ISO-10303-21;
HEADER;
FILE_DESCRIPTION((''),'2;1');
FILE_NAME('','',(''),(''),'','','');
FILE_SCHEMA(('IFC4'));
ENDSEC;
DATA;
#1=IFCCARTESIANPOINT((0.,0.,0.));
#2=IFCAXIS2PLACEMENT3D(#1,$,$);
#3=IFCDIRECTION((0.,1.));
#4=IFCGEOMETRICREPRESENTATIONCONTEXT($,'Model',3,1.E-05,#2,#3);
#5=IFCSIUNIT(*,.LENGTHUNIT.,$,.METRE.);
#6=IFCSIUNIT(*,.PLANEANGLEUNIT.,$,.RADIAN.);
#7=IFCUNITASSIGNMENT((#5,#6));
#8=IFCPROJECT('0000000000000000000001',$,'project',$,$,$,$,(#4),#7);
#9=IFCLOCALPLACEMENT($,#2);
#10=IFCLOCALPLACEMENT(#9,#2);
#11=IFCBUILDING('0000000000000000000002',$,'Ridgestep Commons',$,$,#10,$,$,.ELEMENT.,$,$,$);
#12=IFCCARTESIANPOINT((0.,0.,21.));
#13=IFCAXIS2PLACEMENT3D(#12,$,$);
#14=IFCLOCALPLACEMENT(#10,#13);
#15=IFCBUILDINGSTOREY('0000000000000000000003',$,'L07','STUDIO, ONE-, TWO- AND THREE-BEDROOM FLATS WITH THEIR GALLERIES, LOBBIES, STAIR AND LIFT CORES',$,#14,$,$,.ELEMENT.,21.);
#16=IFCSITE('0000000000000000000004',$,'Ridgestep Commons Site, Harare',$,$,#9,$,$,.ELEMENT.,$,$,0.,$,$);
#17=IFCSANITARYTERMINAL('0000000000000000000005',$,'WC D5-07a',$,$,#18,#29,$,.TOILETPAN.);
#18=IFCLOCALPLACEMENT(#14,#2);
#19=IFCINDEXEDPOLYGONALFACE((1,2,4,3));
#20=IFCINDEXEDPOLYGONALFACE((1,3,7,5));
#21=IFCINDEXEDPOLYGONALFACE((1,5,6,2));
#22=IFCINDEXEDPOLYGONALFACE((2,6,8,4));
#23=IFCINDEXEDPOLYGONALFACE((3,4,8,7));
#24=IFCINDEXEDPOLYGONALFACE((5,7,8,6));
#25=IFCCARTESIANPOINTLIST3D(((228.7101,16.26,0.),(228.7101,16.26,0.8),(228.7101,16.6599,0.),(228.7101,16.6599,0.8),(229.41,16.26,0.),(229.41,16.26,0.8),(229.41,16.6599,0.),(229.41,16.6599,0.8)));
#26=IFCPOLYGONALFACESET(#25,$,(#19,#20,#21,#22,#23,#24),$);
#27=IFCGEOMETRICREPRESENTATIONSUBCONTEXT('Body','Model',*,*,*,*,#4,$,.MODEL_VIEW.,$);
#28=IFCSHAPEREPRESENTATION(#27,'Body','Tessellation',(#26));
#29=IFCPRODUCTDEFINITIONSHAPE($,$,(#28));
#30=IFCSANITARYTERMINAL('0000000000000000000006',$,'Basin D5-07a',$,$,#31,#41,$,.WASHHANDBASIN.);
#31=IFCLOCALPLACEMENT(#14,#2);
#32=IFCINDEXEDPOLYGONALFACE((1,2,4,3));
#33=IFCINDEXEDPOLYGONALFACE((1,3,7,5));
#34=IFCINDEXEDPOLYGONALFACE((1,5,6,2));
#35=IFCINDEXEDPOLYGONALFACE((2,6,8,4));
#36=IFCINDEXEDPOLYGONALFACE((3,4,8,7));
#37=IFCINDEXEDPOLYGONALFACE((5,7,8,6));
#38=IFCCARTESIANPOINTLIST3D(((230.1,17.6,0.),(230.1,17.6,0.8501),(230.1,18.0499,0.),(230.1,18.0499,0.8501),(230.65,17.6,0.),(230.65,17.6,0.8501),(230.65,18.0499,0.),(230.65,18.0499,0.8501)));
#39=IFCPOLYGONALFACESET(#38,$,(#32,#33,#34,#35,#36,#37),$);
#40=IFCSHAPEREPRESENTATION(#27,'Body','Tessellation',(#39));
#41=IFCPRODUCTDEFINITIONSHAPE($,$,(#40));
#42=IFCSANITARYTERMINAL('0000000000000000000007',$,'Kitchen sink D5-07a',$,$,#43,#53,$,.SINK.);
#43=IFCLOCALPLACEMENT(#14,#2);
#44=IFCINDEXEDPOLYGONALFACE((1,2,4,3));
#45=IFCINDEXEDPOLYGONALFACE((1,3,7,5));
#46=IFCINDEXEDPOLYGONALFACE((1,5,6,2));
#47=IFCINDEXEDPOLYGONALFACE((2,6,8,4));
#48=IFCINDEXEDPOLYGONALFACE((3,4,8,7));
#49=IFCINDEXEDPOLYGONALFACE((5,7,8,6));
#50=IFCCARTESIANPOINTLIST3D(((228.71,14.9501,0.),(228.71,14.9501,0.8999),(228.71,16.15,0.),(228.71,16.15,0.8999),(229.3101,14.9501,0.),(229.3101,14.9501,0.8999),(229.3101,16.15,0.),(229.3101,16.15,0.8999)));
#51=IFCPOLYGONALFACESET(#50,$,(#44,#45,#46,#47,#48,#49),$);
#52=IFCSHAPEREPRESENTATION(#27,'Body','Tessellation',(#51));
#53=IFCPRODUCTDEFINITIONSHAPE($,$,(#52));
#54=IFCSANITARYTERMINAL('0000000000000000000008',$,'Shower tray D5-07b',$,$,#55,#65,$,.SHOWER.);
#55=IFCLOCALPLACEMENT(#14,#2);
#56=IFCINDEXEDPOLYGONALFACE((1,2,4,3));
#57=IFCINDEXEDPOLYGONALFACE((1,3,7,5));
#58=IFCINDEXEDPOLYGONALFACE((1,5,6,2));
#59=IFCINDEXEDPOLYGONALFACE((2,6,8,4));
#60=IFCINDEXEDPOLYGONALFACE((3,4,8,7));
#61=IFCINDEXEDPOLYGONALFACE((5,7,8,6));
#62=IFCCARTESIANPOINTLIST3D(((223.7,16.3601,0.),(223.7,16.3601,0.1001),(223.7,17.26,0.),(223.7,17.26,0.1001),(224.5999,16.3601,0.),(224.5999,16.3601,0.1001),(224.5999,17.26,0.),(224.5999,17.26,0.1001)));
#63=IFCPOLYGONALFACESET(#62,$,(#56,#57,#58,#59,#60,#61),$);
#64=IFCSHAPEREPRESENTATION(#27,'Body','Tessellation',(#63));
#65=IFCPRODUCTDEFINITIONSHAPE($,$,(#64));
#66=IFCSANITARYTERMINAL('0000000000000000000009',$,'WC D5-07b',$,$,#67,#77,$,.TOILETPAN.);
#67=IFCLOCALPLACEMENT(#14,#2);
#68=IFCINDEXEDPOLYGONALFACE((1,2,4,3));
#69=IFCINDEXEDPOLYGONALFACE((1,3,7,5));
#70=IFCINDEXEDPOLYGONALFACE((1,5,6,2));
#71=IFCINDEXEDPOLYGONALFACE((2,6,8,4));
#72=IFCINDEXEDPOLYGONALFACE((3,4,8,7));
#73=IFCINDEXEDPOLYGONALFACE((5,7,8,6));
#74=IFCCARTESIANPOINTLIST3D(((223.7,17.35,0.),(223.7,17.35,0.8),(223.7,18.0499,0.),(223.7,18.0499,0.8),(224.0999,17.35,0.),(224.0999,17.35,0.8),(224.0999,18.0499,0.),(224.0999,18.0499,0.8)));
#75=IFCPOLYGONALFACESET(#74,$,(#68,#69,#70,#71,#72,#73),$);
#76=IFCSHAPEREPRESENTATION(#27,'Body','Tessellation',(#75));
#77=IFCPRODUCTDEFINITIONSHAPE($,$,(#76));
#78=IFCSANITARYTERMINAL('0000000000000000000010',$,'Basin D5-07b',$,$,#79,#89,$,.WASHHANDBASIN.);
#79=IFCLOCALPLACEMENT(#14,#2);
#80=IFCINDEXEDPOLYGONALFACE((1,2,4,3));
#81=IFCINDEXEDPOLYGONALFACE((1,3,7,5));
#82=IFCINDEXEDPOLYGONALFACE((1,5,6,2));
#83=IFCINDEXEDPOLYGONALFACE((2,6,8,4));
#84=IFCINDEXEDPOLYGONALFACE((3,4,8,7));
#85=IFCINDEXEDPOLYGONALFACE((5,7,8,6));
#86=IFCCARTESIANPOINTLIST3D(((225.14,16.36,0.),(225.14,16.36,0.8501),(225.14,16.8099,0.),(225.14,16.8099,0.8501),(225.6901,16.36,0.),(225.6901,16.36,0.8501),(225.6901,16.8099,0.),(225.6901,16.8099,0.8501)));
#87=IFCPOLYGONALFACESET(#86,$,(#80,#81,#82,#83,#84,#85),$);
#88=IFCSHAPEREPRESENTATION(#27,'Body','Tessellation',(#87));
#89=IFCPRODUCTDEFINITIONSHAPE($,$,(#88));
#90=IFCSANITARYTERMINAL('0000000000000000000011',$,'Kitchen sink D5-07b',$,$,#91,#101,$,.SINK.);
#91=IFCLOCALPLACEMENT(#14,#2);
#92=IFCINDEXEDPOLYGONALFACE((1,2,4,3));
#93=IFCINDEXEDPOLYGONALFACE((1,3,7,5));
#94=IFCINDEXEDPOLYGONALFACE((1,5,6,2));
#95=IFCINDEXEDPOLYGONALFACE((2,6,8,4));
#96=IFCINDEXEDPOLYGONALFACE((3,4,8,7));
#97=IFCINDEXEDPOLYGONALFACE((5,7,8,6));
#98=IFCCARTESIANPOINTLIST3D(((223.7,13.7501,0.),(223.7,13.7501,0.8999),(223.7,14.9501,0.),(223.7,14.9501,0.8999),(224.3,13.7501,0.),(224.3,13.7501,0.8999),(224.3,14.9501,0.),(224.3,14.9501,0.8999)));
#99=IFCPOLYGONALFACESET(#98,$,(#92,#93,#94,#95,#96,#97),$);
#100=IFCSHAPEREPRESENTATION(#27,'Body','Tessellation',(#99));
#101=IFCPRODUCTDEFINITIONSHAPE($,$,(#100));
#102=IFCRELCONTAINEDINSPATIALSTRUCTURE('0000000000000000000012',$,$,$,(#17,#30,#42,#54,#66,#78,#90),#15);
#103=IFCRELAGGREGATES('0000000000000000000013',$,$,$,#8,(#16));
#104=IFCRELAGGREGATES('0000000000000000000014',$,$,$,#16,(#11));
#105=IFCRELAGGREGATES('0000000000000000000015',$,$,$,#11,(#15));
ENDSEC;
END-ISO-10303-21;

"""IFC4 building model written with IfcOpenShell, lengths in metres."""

from ifc_helpers import new_model, si_unit, direction, frame, origin, origin_2d, place, context, subcontext, project, spatial, rectangle, extrude, element, save


model = new_model("IFC4")

# Units and contexts
model_context = context("Model", 3, precision=1e-05, world=origin(), true_north=direction((0.0, 1.0)))
body_context = subcontext(model_context, "Body", "Model", "MODEL_VIEW")
ifc_project = project(units=[si_unit("LENGTHUNIT", "METRE"), si_unit("PLANEANGLEUNIT", "RADIAN")], contexts=[model_context])

# Site, building, storey
site_placement = place(None, origin())
site = spatial("IfcSite", under=ifc_project, at=site_placement, Name="Ridgestep Commons Site, Harare", CompositionType="ELEMENT", RefElevation=0.0)
building_placement = place(site_placement, origin())
building = spatial("IfcBuilding", under=site, at=building_placement, Name="Ridgestep Commons", CompositionType="ELEMENT")
storey_placement = place(building_placement, frame((0.0, 0.0, 21.0)))
storey = spatial("IfcBuildingStorey", under=building, at=storey_placement, Name="L07", Description="STUDIO, ONE-, TWO- AND THREE-BEDROOM FLATS WITH THEIR GALLERIES, LOBBIES, STAIR AND LIFT CORES", CompositionType="ELEMENT", Elevation=21.0)

# Sanitary terminals
sanitary_terminal_1_placement = place(storey_placement, frame((229.0601, 16.46, 0.0), z_axis=(0.0, 0.0, 1.0), x_axis=(1.0, 0.0, 0.0)))
element("IfcSanitaryTerminal", 1, at=sanitary_terminal_1_placement, inside=storey, Name="WC D5-07a", PredefinedType="TOILETPAN", context=body_context, shape_type="SweptSolid", body=[
    extrude(rectangle(XDim=0.7, YDim=0.3999, at=origin_2d()), origin(), (0.0, 0.0, 1.0), 0.8),
])
sanitary_terminal_2_placement = place(storey_placement, frame((230.375, 17.825, 0.0), z_axis=(0.0, 0.0, 1.0), x_axis=(1.0, 0.0, 0.0)))
element("IfcSanitaryTerminal", 2, at=sanitary_terminal_2_placement, inside=storey, Name="Basin D5-07a", PredefinedType="WASHHANDBASIN", context=body_context, shape_type="SweptSolid", body=[
    extrude(rectangle(XDim=0.55, YDim=0.45, at=origin_2d()), origin(), (0.0, 0.0, 1.0), 0.8501),
])
sanitary_terminal_3_placement = place(storey_placement, frame((229.01, 15.55, 0.0), z_axis=(0.0, 0.0, 1.0), x_axis=(1.0, 0.0, 0.0)))
element("IfcSanitaryTerminal", 3, at=sanitary_terminal_3_placement, inside=storey, Name="Kitchen sink D5-07a", PredefinedType="SINK", context=body_context, shape_type="SweptSolid", body=[
    extrude(rectangle(XDim=0.6001, YDim=1.2, at=origin_2d()), origin(), (0.0, 0.0, 1.0), 0.8999),
])
sanitary_terminal_4_placement = place(storey_placement, frame((224.1499, 16.8101, 0.0), z_axis=(0.0, 0.0, 1.0), x_axis=(1.0, 0.0, 0.0)))
element("IfcSanitaryTerminal", 4, at=sanitary_terminal_4_placement, inside=storey, Name="Shower tray D5-07b", PredefinedType="SHOWER", context=body_context, shape_type="SweptSolid", body=[
    extrude(rectangle(XDim=0.8999, YDim=0.8999, at=origin_2d()), origin(), (0.0, 0.0, 1.0), 0.1001),
])
sanitary_terminal_5_placement = place(storey_placement, frame((223.8999, 17.7, 0.0), z_axis=(0.0, 0.0, 1.0), x_axis=(1.0, 0.0, 0.0)))
element("IfcSanitaryTerminal", 5, at=sanitary_terminal_5_placement, inside=storey, Name="WC D5-07b", PredefinedType="TOILETPAN", context=body_context, shape_type="SweptSolid", body=[
    extrude(rectangle(XDim=0.3999, YDim=0.7, at=origin_2d()), origin(), (0.0, 0.0, 1.0), 0.8),
])
sanitary_terminal_6_placement = place(storey_placement, frame((225.415, 16.585, 0.0), z_axis=(0.0, 0.0, 1.0), x_axis=(1.0, 0.0, 0.0)))
element("IfcSanitaryTerminal", 6, at=sanitary_terminal_6_placement, inside=storey, Name="Basin D5-07b", PredefinedType="WASHHANDBASIN", context=body_context, shape_type="SweptSolid", body=[
    extrude(rectangle(XDim=0.55, YDim=0.45, at=origin_2d()), origin(), (0.0, 0.0, 1.0), 0.8501),
])
sanitary_terminal_7_placement = place(storey_placement, frame((224.0, 14.3501, 0.0), z_axis=(0.0, 0.0, 1.0), x_axis=(1.0, 0.0, 0.0)))
element("IfcSanitaryTerminal", 7, at=sanitary_terminal_7_placement, inside=storey, Name="Kitchen sink D5-07b", PredefinedType="SINK", context=body_context, shape_type="SweptSolid", body=[
    extrude(rectangle(XDim=0.6001, YDim=1.2, at=origin_2d()), origin(), (0.0, 0.0, 1.0), 0.8999),
])

save(model, "model.ifc")
